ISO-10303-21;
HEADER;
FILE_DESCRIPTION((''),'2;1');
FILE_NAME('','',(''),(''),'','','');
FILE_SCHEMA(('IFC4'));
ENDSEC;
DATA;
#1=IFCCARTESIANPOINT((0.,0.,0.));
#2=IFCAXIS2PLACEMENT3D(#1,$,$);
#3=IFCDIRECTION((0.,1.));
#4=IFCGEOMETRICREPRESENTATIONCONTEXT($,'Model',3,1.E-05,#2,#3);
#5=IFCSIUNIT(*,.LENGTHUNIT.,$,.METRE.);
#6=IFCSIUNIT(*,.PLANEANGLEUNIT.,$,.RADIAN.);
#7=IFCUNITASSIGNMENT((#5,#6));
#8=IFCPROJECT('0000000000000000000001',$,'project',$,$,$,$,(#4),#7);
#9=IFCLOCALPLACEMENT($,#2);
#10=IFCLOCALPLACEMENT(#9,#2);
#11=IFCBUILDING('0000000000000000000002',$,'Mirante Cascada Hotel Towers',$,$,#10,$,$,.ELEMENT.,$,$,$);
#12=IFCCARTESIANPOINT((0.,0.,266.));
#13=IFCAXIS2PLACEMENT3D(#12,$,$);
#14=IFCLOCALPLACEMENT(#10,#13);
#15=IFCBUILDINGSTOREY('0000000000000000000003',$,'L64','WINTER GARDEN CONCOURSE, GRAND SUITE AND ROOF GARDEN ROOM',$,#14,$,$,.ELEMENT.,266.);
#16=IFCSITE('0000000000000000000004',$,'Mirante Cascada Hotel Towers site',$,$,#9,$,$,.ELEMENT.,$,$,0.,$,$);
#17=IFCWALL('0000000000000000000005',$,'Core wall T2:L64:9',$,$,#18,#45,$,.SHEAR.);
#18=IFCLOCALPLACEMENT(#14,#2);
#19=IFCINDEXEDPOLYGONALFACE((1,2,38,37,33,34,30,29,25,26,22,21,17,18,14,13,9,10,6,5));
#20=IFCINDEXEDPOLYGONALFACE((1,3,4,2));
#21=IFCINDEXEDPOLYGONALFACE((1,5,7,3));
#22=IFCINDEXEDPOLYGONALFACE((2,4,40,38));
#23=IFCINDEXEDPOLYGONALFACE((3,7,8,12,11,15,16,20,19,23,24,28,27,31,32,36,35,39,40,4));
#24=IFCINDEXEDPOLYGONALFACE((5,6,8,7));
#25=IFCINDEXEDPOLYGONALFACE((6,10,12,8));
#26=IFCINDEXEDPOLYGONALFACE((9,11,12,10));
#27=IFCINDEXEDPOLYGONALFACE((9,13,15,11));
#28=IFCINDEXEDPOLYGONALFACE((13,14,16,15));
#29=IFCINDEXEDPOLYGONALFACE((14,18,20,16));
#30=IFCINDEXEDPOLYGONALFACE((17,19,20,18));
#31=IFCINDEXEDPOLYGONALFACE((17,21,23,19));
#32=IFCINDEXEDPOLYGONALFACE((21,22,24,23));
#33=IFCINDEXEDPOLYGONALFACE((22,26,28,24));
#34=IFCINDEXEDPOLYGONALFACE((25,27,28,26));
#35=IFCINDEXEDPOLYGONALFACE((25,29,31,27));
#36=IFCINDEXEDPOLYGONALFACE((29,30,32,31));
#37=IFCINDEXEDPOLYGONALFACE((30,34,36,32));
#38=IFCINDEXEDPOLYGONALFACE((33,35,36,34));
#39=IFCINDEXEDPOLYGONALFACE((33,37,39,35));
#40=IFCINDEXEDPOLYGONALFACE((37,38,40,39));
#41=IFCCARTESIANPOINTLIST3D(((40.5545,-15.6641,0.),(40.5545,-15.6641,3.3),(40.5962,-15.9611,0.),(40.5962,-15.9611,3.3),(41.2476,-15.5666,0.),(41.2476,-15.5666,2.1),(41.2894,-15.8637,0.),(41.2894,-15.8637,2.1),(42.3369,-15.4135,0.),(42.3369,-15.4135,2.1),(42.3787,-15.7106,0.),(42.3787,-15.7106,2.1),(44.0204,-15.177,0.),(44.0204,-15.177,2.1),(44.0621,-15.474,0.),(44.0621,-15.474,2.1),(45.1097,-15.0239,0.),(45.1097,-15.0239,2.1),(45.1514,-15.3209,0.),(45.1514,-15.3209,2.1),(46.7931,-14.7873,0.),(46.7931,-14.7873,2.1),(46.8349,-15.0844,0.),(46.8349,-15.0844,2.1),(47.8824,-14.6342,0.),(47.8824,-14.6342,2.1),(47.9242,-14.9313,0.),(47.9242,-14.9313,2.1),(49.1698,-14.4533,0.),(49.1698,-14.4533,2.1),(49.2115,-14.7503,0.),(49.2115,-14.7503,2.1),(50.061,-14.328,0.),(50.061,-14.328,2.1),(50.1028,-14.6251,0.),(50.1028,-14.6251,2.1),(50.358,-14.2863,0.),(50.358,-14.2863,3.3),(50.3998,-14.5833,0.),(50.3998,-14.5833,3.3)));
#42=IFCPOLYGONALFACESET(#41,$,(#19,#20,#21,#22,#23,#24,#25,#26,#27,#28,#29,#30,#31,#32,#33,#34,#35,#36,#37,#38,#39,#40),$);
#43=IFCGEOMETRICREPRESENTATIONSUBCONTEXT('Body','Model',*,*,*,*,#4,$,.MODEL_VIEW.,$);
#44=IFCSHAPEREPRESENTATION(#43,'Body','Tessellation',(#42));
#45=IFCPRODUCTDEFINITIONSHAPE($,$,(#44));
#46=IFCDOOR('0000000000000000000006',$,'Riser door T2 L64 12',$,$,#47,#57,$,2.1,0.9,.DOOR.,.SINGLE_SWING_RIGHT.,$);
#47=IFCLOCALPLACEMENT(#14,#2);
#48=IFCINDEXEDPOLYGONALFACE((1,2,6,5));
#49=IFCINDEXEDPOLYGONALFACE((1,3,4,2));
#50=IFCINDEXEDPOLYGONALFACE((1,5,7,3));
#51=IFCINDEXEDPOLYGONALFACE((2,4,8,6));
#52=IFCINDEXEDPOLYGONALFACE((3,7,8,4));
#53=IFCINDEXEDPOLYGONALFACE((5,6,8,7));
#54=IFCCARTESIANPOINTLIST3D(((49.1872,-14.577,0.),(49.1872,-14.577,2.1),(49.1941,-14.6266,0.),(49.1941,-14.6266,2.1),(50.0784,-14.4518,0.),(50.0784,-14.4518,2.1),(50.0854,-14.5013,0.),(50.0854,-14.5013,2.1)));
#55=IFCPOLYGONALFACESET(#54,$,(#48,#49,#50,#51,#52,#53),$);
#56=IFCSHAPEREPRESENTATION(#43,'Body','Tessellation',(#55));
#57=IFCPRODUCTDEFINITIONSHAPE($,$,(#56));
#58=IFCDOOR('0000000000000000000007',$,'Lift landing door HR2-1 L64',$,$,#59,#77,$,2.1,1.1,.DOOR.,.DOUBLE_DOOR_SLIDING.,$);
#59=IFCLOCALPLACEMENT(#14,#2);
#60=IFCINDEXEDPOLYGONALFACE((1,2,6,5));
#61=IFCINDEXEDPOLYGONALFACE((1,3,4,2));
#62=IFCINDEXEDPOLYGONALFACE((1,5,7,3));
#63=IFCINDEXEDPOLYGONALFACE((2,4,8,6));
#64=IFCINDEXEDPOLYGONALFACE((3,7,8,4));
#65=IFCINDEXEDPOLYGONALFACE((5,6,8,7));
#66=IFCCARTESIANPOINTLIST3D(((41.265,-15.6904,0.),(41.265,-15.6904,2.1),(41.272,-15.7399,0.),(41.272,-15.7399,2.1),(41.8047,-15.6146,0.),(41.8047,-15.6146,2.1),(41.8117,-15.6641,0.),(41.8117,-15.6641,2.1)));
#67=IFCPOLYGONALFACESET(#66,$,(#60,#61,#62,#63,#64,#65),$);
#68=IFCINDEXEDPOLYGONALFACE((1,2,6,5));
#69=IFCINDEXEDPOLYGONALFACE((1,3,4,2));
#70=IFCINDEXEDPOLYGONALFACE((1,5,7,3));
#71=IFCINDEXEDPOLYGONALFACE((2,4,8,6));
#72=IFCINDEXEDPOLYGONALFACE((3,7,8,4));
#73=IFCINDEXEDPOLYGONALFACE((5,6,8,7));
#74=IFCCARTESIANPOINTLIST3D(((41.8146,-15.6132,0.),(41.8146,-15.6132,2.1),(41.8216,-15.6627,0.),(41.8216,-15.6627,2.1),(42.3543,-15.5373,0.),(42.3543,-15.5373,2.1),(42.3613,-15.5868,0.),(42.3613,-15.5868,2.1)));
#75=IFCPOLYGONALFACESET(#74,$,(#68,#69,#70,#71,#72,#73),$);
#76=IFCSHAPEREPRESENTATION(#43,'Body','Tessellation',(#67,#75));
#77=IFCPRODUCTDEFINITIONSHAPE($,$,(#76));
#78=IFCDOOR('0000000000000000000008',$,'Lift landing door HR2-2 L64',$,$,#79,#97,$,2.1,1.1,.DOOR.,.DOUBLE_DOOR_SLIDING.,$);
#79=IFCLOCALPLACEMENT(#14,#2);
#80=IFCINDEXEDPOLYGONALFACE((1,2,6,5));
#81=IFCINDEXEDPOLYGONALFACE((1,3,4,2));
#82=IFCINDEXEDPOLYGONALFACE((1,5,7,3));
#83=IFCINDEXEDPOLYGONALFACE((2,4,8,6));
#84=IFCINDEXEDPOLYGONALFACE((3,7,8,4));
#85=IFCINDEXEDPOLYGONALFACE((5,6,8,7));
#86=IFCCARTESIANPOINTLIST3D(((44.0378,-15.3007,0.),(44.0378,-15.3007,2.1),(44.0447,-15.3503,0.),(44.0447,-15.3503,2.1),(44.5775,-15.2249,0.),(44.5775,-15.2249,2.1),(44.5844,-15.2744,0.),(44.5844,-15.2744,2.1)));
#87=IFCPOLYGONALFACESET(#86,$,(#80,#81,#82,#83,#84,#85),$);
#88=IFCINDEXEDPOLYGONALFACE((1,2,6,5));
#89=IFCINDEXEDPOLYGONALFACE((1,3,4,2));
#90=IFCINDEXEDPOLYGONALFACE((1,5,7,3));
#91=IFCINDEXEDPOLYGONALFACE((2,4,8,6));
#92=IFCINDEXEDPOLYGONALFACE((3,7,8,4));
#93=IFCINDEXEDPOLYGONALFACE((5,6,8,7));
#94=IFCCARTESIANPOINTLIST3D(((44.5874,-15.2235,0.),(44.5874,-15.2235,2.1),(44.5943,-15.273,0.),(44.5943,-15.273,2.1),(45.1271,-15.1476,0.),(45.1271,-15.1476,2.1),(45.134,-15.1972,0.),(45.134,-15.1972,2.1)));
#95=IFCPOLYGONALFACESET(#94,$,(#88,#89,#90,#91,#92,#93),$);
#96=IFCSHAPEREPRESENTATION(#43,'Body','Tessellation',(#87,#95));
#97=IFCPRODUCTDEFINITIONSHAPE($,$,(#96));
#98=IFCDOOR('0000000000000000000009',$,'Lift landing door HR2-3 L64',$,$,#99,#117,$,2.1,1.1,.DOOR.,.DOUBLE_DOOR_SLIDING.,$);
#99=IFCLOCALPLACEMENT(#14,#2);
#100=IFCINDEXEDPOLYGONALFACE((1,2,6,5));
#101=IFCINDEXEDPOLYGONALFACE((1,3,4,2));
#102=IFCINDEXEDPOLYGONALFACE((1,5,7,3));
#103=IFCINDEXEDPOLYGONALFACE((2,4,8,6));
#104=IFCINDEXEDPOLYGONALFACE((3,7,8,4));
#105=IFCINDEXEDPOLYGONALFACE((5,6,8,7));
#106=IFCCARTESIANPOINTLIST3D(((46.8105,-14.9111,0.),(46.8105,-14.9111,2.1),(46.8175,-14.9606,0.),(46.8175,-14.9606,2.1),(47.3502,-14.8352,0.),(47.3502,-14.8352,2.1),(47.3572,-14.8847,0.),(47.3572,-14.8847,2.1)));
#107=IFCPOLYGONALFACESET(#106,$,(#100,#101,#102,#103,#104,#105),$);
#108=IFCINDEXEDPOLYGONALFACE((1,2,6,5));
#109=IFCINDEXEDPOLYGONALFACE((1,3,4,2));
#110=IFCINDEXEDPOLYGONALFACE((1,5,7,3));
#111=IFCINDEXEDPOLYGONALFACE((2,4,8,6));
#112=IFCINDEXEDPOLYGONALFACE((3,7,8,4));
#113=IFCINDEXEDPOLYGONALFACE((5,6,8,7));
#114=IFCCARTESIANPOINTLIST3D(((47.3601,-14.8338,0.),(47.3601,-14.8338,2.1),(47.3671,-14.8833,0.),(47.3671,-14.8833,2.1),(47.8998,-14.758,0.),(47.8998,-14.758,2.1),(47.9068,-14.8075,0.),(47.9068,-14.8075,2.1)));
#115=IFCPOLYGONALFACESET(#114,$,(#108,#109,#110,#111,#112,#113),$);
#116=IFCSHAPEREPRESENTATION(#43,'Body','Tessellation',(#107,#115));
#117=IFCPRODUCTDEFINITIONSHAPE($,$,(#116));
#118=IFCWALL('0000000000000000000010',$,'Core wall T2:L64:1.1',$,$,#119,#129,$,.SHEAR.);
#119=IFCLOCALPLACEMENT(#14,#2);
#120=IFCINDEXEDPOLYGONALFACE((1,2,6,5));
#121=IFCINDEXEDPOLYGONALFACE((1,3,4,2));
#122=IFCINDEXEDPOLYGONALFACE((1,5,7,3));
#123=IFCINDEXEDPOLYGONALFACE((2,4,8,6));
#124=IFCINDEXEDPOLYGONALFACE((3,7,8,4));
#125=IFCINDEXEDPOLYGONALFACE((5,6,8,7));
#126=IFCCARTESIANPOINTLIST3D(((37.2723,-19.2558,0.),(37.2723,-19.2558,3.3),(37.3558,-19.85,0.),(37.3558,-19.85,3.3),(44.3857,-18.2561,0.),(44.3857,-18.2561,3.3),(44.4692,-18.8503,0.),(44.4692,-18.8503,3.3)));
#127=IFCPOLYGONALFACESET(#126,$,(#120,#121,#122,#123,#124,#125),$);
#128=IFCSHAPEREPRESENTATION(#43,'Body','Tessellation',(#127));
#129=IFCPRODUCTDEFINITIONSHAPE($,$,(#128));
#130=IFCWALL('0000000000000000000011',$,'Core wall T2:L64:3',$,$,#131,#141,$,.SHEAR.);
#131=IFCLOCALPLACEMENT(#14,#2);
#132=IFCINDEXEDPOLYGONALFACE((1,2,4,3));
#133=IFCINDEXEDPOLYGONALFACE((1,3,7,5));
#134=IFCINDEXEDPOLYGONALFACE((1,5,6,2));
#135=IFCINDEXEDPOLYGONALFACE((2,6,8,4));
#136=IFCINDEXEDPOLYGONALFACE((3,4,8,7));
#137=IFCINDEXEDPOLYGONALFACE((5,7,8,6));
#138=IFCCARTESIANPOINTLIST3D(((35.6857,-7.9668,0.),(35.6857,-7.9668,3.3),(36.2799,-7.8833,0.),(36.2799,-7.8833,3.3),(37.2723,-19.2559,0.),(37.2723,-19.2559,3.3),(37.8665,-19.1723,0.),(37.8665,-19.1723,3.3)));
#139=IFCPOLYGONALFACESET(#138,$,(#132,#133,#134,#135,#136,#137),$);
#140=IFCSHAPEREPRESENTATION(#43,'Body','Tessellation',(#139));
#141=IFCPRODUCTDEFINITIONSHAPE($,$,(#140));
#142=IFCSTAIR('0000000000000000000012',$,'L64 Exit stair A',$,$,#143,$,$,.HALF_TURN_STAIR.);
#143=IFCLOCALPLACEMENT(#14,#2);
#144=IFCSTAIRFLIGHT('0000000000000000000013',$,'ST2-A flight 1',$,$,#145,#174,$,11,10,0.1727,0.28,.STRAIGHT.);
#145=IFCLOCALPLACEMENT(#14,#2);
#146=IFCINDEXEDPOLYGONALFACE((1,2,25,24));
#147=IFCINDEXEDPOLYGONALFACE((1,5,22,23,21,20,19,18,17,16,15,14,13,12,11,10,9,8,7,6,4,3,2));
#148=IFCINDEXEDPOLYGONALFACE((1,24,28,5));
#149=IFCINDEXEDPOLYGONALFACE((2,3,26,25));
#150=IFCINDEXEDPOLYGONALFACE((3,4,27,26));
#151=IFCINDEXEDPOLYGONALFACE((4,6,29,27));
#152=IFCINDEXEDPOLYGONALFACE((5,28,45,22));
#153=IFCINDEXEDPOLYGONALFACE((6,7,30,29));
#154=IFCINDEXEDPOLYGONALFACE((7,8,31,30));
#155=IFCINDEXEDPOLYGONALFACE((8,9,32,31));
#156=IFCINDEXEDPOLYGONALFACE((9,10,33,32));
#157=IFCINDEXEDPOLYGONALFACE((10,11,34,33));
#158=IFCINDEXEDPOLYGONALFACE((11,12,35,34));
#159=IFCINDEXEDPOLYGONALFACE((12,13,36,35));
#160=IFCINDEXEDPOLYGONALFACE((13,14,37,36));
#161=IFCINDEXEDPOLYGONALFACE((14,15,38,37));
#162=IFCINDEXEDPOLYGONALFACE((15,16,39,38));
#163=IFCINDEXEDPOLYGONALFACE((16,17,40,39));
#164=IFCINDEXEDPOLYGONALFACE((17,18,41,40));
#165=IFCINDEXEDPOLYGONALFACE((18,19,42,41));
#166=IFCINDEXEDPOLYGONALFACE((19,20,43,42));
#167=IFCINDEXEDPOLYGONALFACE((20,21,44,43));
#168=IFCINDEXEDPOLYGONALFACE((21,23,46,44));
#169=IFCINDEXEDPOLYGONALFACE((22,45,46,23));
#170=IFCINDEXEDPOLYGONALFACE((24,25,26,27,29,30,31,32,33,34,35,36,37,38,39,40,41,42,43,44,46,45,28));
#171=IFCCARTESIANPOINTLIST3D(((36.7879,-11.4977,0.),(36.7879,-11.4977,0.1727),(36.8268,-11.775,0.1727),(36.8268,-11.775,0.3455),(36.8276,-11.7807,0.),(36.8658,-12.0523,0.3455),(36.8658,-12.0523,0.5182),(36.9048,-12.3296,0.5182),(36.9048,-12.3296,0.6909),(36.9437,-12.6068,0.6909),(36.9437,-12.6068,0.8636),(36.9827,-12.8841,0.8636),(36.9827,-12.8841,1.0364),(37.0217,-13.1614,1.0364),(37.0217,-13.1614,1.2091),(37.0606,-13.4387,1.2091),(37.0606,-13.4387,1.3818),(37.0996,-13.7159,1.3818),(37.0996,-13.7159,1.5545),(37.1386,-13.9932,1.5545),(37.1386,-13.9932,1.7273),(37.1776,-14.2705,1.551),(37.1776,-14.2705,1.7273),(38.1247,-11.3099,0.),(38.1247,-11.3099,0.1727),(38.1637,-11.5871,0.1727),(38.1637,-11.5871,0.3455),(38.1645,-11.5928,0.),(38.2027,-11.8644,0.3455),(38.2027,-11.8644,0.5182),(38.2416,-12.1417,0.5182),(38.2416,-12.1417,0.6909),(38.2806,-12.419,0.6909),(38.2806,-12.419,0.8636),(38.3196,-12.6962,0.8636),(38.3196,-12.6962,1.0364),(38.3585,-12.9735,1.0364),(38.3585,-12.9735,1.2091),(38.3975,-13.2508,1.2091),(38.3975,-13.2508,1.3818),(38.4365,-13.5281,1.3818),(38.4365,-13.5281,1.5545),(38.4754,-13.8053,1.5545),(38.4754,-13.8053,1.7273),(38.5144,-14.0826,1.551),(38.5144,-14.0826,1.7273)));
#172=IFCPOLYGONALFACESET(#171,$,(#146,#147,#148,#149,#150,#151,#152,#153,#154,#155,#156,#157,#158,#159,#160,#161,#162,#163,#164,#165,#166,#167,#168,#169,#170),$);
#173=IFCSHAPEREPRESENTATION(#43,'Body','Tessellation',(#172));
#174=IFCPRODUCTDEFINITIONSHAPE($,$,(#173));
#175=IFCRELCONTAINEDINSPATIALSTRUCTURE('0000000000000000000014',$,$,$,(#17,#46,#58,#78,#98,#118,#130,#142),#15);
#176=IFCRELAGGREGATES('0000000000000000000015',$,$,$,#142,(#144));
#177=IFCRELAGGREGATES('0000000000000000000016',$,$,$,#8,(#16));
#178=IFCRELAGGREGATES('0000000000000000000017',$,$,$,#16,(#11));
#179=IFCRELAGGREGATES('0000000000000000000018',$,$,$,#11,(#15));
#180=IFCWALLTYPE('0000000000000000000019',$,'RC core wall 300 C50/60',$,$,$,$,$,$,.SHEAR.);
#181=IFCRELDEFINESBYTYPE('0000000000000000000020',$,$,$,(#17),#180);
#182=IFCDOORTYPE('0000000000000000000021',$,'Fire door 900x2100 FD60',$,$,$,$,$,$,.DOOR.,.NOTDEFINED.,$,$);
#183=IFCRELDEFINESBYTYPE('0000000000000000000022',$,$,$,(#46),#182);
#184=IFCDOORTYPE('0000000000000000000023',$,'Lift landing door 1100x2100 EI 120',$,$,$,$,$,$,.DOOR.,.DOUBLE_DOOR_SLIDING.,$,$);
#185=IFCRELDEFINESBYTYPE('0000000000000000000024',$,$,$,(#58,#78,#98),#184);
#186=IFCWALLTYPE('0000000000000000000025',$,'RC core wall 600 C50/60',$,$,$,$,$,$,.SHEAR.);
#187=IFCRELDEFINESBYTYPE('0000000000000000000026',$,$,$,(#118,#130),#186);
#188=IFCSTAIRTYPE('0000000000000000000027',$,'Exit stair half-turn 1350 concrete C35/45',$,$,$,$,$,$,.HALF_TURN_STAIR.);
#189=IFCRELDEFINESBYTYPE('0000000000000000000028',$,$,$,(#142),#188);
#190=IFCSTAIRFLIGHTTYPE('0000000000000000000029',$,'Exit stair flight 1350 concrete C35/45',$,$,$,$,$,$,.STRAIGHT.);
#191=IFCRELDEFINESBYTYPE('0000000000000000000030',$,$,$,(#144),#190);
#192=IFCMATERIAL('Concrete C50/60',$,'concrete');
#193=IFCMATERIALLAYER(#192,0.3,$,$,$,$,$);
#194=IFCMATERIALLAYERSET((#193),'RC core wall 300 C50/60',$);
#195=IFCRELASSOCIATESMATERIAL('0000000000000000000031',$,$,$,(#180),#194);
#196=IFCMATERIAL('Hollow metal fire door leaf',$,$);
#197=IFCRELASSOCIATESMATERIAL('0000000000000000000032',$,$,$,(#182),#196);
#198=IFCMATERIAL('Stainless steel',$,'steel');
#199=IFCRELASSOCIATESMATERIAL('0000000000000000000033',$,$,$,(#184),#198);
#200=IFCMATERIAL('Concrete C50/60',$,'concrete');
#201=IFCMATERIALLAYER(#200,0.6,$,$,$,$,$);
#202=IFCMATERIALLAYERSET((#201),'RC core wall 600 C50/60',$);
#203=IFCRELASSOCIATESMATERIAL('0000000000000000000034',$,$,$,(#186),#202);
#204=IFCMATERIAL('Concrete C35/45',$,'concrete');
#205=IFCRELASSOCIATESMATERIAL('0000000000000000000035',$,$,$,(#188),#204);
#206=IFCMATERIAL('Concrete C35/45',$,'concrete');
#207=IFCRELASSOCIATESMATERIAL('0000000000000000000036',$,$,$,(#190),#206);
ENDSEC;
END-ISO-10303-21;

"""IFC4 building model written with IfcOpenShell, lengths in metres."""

from ifc_helpers import new_model, si_unit, direction, frame, frame_2d, origin, place, context, subcontext, project, spatial, polyline, rectangle, outline, extrude, material, layer, layer_set, type_object, element, fill, aggregate, save


model = new_model("IFC4")

# Units and contexts
model_context = context("Model", 3, precision=1e-05, world=origin(), true_north=direction((0.0, 1.0)))
body_context = subcontext(model_context, "Body", "Model", "MODEL_VIEW")
ifc_project = project(units=[si_unit("LENGTHUNIT", "METRE"), si_unit("PLANEANGLEUNIT", "RADIAN")], contexts=[model_context])

# Site, building, storey
site_placement = place(None, origin())
site = spatial("IfcSite", under=ifc_project, at=site_placement, Name="Mirante Cascada Hotel Towers site", CompositionType="ELEMENT", RefElevation=0.0)
building_placement = place(site_placement, origin())
building = spatial("IfcBuilding", under=site, at=building_placement, Name="Mirante Cascada Hotel Towers", CompositionType="ELEMENT")
storey_placement = place(building_placement, frame((0.0, 0.0, 266.0)))
storey = spatial("IfcBuildingStorey", under=building, at=storey_placement, Name="L64", Description="WINTER GARDEN CONCOURSE, GRAND SUITE AND ROOF GARDEN ROOM", CompositionType="ELEMENT", Elevation=266.0)

# Shared definitions
ifc_material_1 = material(Name="Concrete C50/60", Category="concrete")
ifc_layer_1 = layer(ifc_material_1, 0.3)
ifc_layer_set_1 = layer_set([ifc_layer_1], Name="RC core wall 300 C50/60")
wall_type_1 = type_object("IfcWallType", Name="RC core wall 300 C50/60", PredefinedType="SHEAR", material=ifc_layer_set_1)

# Wall, openings, doors
wall_1_placement = place(storey_placement, frame((40.5753, -15.8126, 0.0), z_axis=(0.0, 0.0, 1.0), x_axis=(0.990268, 0.139173, 0.0)))
wall_1 = element("IfcWall", 1, at=wall_1_placement, inside=storey, type_object=wall_type_1, Name="Core wall T2:L64:9", PredefinedType="SHEAR", context=body_context, shape_type="SweptSolid", body=[
    extrude(rectangle(XDim=9.8999, YDim=0.3, at=frame_2d((4.95, 0.0))), origin(), (0.0, 0.0, 1.0), 3.3),
])
opening_1_placement = place(wall_1_placement, frame((0.7, 0.0, 0.0)))
opening_1 = element("IfcOpeningElement", 2, at=opening_1_placement, cuts=wall_1, PredefinedType="OPENING", context=body_context, shape_type="SweptSolid", body=[
    extrude(rectangle(XDim=1.1, YDim=2.1, at=frame_2d((0.55, 1.05))), frame((0.0, 0.15, 0.0), z_axis=(0.0, -1.0, 0.0), x_axis=(1.0, 0.0, 0.0)), (0.0, 0.0, 1.0), 0.3),
])
opening_2_placement = place(wall_1_placement, frame((3.5, 0.0, 0.0)))
opening_2 = element("IfcOpeningElement", 3, at=opening_2_placement, cuts=wall_1, PredefinedType="OPENING", context=body_context, shape_type="SweptSolid", body=[
    extrude(rectangle(XDim=1.1, YDim=2.1, at=frame_2d((0.55, 1.05))), frame((0.0, 0.15, 0.0), z_axis=(0.0, -1.0, 0.0), x_axis=(1.0, 0.0, 0.0)), (0.0, 0.0, 1.0), 0.3),
])
opening_3_placement = place(wall_1_placement, frame((6.3, 0.0, 0.0)))
opening_3 = element("IfcOpeningElement", 4, at=opening_3_placement, cuts=wall_1, PredefinedType="OPENING", context=body_context, shape_type="SweptSolid", body=[
    extrude(rectangle(XDim=1.1, YDim=2.1, at=frame_2d((0.55, 1.05))), frame((0.0, 0.15, 0.0), z_axis=(0.0, -1.0, 0.0), x_axis=(1.0, 0.0, 0.0)), (0.0, 0.0, 1.0), 0.3),
])
opening_4_placement = place(wall_1_placement, frame((8.7, 0.0, 0.0)))
opening_4 = element("IfcOpeningElement", 5, at=opening_4_placement, cuts=wall_1, PredefinedType="OPENING", context=body_context, shape_type="SweptSolid", body=[
    extrude(rectangle(XDim=0.9, YDim=2.1, at=frame_2d((0.45, 1.05))), frame((0.0, 0.15, 0.0), z_axis=(0.0, -1.0, 0.0), x_axis=(1.0, 0.0, 0.0)), (0.0, 0.0, 1.0), 0.3),
])
ifc_material_2 = material(Name="Hollow metal fire door leaf")
door_type_1 = type_object("IfcDoorType", Name="Fire door 900x2100 FD60", OperationType="NOTDEFINED", PredefinedType="DOOR", material=ifc_material_2)
door_1_placement = place(opening_4_placement, frame((0.9, 0.0, 0.0), z_axis=(0.0, 0.0, 1.0), x_axis=(-1.0, 0.0, 0.0)))
door_1 = element("IfcDoor", 6, at=door_1_placement, inside=storey, type_object=door_type_1, Name="Riser door T2 L64 12", OperationType="SINGLE_SWING_RIGHT", OverallHeight=2.1, OverallWidth=0.9, PredefinedType="DOOR", context=body_context, shape_type="SweptSolid", body=[
    extrude(rectangle(XDim=0.9, YDim=2.1, at=frame_2d((0.45, 1.05))), frame((0.0, 0.025, 0.0), z_axis=(0.0, -1.0, 0.0), x_axis=(1.0, 0.0, 0.0)), (0.0, 0.0, 1.0), 0.05),
])
fill(opening_4, door_1)
ifc_material_3 = material(Name="Stainless steel", Category="steel")
door_type_2 = type_object("IfcDoorType", Name="Lift landing door 1100x2100 EI 120", OperationType="DOUBLE_DOOR_SLIDING", PredefinedType="DOOR", material=ifc_material_3)
door_2_placement = place(opening_1_placement, origin())
door_2 = element("IfcDoor", 7, at=door_2_placement, inside=storey, type_object=door_type_2, Name="Lift landing door HR2-1 L64", OperationType="DOUBLE_DOOR_SLIDING", OverallHeight=2.1, OverallWidth=1.1, PredefinedType="DOOR", context=body_context, shape_type="SweptSolid", body=[
    extrude(rectangle(XDim=0.545, YDim=2.1, at=frame_2d((0.2725, 1.05))), frame((0.0, 0.025, 0.0), z_axis=(0.0, -1.0, 0.0), x_axis=(1.0, 0.0, 0.0)), (0.0, 0.0, 1.0), 0.05),
    extrude(rectangle(XDim=0.545, YDim=2.1, at=frame_2d((0.8275, 1.05))), frame((0.0, 0.025, 0.0), z_axis=(0.0, -1.0, 0.0), x_axis=(1.0, 0.0, 0.0)), (0.0, 0.0, 1.0), 0.05),
])
fill(opening_1, door_2)
door_3_placement = place(opening_2_placement, origin())
door_3 = element("IfcDoor", 8, at=door_3_placement, inside=storey, type_object=door_type_2, Name="Lift landing door HR2-2 L64", OperationType="DOUBLE_DOOR_SLIDING", OverallHeight=2.1, OverallWidth=1.1, PredefinedType="DOOR", context=body_context, shape_type="SweptSolid", body=[
    extrude(rectangle(XDim=0.545, YDim=2.1, at=frame_2d((0.2725, 1.05))), frame((0.0, 0.025, 0.0), z_axis=(0.0, -1.0, 0.0), x_axis=(1.0, 0.0, 0.0)), (0.0, 0.0, 1.0), 0.05),
    extrude(rectangle(XDim=0.545, YDim=2.1, at=frame_2d((0.8275, 1.05))), frame((0.0, 0.025, 0.0), z_axis=(0.0, -1.0, 0.0), x_axis=(1.0, 0.0, 0.0)), (0.0, 0.0, 1.0), 0.05),
])
fill(opening_2, door_3)
door_4_placement = place(opening_3_placement, origin())
door_4 = element("IfcDoor", 9, at=door_4_placement, inside=storey, type_object=door_type_2, Name="Lift landing door HR2-3 L64", OperationType="DOUBLE_DOOR_SLIDING", OverallHeight=2.1, OverallWidth=1.1, PredefinedType="DOOR", context=body_context, shape_type="SweptSolid", body=[
    extrude(rectangle(XDim=0.545, YDim=2.1, at=frame_2d((0.2725, 1.05))), frame((0.0, 0.025, 0.0), z_axis=(0.0, -1.0, 0.0), x_axis=(1.0, 0.0, 0.0)), (0.0, 0.0, 1.0), 0.05),
    extrude(rectangle(XDim=0.545, YDim=2.1, at=frame_2d((0.8275, 1.05))), frame((0.0, 0.025, 0.0), z_axis=(0.0, -1.0, 0.0), x_axis=(1.0, 0.0, 0.0)), (0.0, 0.0, 1.0), 0.05),
])
fill(opening_3, door_4)

# Walls
ifc_material_4 = material(Name="Concrete C50/60", Category="concrete")
ifc_layer_2 = layer(ifc_material_4, 0.6)
ifc_layer_set_2 = layer_set([ifc_layer_2], Name="RC core wall 600 C50/60")
wall_type_2 = type_object("IfcWallType", Name="RC core wall 600 C50/60", PredefinedType="SHEAR", material=ifc_layer_set_2)
wall_2_placement = place(storey_placement, frame((37.3141, -19.5529, 0.0), z_axis=(0.0, 0.0, 1.0), x_axis=(0.990268, 0.13917, 0.0)))
element("IfcWall", 10, at=wall_2_placement, inside=storey, type_object=wall_type_2, Name="Core wall T2:L64:1.1", PredefinedType="SHEAR", context=body_context, shape_type="SweptSolid", body=[
    extrude(rectangle(XDim=7.1833, YDim=0.6, at=frame_2d((3.5916, 0.0))), origin(), (0.0, 0.0, 1.0), 3.3),
])
wall_3_placement = place(storey_placement, frame((37.5694, -19.2141, 0.0), z_axis=(0.0, 0.0, 1.0), x_axis=(-0.139175, 0.990268, 0.0)))
element("IfcWall", 11, at=wall_3_placement, inside=storey, type_object=wall_type_2, Name="Core wall T2:L64:3", PredefinedType="SHEAR", context=body_context, shape_type="SweptSolid", body=[
    extrude(rectangle(XDim=11.4, YDim=0.6, at=frame_2d((5.7, 0.0))), origin(), (0.0, 0.0, 1.0), 3.3),
])

# Stair, stair flight
ifc_material_5 = material(Name="Concrete C35/45", Category="concrete")
stair_type = type_object("IfcStairType", Name="Exit stair half-turn 1350 concrete C35/45", PredefinedType="HALF_TURN_STAIR", material=ifc_material_5)
stair_placement = place(storey_placement, origin())
stair = element("IfcStair", 12, at=stair_placement, inside=storey, type_object=stair_type, Name="L64 Exit stair A", PredefinedType="HALF_TURN_STAIR")
ifc_material_6 = material(Name="Concrete C35/45", Category="concrete")
stair_flight_type = type_object("IfcStairFlightType", Name="Exit stair flight 1350 concrete C35/45", PredefinedType="STRAIGHT", material=ifc_material_6)
stair_flight_1_placement = place(storey_placement, frame((37.4563, -11.4038, 0.0), z_axis=(0.0, 0.0, 1.0), x_axis=(0.139173, -0.990268, 0.0)))
stair_flight_1 = element("IfcStairFlight", 13, at=stair_flight_1_placement, type_object=stair_flight_type, Name="ST2-A flight 1", NumberOfRisers=11, NumberOfTreads=10, PredefinedType="STRAIGHT", RiserHeight=0.1727, TreadLength=0.28, context=body_context, shape_type="SweptSolid", body=[
    extrude(outline(polyline([(0.0, 0.0), (0.0, 0.1727), (0.28, 0.1727), (0.28, 0.3455), (0.56, 0.3455), (0.56, 0.5182), (0.84, 0.5182), (0.84, 0.6909), (1.12, 0.6909), (1.12, 0.8636), (1.4, 0.8636), (1.4, 1.0364), (1.68, 1.0364), (1.68, 1.2091), (1.96, 1.2091), (1.96, 1.3818), (2.24, 1.3818), (2.24, 1.5545), (2.52, 1.5545), (2.52, 1.7273), (2.8, 1.7273), (2.8, 1.9), (2.8, 1.551), (0.2857, 0.0), (0.0, 0.0)])), frame((0.0, 0.675, 0.0), z_axis=(0.0, -1.0, 0.0), x_axis=(1.0, 0.0, 0.0)), (0.0, 0.0, 1.0), 1.35),
])
aggregate(stair, [stair_flight_1])

save(model, "model.ifc")
